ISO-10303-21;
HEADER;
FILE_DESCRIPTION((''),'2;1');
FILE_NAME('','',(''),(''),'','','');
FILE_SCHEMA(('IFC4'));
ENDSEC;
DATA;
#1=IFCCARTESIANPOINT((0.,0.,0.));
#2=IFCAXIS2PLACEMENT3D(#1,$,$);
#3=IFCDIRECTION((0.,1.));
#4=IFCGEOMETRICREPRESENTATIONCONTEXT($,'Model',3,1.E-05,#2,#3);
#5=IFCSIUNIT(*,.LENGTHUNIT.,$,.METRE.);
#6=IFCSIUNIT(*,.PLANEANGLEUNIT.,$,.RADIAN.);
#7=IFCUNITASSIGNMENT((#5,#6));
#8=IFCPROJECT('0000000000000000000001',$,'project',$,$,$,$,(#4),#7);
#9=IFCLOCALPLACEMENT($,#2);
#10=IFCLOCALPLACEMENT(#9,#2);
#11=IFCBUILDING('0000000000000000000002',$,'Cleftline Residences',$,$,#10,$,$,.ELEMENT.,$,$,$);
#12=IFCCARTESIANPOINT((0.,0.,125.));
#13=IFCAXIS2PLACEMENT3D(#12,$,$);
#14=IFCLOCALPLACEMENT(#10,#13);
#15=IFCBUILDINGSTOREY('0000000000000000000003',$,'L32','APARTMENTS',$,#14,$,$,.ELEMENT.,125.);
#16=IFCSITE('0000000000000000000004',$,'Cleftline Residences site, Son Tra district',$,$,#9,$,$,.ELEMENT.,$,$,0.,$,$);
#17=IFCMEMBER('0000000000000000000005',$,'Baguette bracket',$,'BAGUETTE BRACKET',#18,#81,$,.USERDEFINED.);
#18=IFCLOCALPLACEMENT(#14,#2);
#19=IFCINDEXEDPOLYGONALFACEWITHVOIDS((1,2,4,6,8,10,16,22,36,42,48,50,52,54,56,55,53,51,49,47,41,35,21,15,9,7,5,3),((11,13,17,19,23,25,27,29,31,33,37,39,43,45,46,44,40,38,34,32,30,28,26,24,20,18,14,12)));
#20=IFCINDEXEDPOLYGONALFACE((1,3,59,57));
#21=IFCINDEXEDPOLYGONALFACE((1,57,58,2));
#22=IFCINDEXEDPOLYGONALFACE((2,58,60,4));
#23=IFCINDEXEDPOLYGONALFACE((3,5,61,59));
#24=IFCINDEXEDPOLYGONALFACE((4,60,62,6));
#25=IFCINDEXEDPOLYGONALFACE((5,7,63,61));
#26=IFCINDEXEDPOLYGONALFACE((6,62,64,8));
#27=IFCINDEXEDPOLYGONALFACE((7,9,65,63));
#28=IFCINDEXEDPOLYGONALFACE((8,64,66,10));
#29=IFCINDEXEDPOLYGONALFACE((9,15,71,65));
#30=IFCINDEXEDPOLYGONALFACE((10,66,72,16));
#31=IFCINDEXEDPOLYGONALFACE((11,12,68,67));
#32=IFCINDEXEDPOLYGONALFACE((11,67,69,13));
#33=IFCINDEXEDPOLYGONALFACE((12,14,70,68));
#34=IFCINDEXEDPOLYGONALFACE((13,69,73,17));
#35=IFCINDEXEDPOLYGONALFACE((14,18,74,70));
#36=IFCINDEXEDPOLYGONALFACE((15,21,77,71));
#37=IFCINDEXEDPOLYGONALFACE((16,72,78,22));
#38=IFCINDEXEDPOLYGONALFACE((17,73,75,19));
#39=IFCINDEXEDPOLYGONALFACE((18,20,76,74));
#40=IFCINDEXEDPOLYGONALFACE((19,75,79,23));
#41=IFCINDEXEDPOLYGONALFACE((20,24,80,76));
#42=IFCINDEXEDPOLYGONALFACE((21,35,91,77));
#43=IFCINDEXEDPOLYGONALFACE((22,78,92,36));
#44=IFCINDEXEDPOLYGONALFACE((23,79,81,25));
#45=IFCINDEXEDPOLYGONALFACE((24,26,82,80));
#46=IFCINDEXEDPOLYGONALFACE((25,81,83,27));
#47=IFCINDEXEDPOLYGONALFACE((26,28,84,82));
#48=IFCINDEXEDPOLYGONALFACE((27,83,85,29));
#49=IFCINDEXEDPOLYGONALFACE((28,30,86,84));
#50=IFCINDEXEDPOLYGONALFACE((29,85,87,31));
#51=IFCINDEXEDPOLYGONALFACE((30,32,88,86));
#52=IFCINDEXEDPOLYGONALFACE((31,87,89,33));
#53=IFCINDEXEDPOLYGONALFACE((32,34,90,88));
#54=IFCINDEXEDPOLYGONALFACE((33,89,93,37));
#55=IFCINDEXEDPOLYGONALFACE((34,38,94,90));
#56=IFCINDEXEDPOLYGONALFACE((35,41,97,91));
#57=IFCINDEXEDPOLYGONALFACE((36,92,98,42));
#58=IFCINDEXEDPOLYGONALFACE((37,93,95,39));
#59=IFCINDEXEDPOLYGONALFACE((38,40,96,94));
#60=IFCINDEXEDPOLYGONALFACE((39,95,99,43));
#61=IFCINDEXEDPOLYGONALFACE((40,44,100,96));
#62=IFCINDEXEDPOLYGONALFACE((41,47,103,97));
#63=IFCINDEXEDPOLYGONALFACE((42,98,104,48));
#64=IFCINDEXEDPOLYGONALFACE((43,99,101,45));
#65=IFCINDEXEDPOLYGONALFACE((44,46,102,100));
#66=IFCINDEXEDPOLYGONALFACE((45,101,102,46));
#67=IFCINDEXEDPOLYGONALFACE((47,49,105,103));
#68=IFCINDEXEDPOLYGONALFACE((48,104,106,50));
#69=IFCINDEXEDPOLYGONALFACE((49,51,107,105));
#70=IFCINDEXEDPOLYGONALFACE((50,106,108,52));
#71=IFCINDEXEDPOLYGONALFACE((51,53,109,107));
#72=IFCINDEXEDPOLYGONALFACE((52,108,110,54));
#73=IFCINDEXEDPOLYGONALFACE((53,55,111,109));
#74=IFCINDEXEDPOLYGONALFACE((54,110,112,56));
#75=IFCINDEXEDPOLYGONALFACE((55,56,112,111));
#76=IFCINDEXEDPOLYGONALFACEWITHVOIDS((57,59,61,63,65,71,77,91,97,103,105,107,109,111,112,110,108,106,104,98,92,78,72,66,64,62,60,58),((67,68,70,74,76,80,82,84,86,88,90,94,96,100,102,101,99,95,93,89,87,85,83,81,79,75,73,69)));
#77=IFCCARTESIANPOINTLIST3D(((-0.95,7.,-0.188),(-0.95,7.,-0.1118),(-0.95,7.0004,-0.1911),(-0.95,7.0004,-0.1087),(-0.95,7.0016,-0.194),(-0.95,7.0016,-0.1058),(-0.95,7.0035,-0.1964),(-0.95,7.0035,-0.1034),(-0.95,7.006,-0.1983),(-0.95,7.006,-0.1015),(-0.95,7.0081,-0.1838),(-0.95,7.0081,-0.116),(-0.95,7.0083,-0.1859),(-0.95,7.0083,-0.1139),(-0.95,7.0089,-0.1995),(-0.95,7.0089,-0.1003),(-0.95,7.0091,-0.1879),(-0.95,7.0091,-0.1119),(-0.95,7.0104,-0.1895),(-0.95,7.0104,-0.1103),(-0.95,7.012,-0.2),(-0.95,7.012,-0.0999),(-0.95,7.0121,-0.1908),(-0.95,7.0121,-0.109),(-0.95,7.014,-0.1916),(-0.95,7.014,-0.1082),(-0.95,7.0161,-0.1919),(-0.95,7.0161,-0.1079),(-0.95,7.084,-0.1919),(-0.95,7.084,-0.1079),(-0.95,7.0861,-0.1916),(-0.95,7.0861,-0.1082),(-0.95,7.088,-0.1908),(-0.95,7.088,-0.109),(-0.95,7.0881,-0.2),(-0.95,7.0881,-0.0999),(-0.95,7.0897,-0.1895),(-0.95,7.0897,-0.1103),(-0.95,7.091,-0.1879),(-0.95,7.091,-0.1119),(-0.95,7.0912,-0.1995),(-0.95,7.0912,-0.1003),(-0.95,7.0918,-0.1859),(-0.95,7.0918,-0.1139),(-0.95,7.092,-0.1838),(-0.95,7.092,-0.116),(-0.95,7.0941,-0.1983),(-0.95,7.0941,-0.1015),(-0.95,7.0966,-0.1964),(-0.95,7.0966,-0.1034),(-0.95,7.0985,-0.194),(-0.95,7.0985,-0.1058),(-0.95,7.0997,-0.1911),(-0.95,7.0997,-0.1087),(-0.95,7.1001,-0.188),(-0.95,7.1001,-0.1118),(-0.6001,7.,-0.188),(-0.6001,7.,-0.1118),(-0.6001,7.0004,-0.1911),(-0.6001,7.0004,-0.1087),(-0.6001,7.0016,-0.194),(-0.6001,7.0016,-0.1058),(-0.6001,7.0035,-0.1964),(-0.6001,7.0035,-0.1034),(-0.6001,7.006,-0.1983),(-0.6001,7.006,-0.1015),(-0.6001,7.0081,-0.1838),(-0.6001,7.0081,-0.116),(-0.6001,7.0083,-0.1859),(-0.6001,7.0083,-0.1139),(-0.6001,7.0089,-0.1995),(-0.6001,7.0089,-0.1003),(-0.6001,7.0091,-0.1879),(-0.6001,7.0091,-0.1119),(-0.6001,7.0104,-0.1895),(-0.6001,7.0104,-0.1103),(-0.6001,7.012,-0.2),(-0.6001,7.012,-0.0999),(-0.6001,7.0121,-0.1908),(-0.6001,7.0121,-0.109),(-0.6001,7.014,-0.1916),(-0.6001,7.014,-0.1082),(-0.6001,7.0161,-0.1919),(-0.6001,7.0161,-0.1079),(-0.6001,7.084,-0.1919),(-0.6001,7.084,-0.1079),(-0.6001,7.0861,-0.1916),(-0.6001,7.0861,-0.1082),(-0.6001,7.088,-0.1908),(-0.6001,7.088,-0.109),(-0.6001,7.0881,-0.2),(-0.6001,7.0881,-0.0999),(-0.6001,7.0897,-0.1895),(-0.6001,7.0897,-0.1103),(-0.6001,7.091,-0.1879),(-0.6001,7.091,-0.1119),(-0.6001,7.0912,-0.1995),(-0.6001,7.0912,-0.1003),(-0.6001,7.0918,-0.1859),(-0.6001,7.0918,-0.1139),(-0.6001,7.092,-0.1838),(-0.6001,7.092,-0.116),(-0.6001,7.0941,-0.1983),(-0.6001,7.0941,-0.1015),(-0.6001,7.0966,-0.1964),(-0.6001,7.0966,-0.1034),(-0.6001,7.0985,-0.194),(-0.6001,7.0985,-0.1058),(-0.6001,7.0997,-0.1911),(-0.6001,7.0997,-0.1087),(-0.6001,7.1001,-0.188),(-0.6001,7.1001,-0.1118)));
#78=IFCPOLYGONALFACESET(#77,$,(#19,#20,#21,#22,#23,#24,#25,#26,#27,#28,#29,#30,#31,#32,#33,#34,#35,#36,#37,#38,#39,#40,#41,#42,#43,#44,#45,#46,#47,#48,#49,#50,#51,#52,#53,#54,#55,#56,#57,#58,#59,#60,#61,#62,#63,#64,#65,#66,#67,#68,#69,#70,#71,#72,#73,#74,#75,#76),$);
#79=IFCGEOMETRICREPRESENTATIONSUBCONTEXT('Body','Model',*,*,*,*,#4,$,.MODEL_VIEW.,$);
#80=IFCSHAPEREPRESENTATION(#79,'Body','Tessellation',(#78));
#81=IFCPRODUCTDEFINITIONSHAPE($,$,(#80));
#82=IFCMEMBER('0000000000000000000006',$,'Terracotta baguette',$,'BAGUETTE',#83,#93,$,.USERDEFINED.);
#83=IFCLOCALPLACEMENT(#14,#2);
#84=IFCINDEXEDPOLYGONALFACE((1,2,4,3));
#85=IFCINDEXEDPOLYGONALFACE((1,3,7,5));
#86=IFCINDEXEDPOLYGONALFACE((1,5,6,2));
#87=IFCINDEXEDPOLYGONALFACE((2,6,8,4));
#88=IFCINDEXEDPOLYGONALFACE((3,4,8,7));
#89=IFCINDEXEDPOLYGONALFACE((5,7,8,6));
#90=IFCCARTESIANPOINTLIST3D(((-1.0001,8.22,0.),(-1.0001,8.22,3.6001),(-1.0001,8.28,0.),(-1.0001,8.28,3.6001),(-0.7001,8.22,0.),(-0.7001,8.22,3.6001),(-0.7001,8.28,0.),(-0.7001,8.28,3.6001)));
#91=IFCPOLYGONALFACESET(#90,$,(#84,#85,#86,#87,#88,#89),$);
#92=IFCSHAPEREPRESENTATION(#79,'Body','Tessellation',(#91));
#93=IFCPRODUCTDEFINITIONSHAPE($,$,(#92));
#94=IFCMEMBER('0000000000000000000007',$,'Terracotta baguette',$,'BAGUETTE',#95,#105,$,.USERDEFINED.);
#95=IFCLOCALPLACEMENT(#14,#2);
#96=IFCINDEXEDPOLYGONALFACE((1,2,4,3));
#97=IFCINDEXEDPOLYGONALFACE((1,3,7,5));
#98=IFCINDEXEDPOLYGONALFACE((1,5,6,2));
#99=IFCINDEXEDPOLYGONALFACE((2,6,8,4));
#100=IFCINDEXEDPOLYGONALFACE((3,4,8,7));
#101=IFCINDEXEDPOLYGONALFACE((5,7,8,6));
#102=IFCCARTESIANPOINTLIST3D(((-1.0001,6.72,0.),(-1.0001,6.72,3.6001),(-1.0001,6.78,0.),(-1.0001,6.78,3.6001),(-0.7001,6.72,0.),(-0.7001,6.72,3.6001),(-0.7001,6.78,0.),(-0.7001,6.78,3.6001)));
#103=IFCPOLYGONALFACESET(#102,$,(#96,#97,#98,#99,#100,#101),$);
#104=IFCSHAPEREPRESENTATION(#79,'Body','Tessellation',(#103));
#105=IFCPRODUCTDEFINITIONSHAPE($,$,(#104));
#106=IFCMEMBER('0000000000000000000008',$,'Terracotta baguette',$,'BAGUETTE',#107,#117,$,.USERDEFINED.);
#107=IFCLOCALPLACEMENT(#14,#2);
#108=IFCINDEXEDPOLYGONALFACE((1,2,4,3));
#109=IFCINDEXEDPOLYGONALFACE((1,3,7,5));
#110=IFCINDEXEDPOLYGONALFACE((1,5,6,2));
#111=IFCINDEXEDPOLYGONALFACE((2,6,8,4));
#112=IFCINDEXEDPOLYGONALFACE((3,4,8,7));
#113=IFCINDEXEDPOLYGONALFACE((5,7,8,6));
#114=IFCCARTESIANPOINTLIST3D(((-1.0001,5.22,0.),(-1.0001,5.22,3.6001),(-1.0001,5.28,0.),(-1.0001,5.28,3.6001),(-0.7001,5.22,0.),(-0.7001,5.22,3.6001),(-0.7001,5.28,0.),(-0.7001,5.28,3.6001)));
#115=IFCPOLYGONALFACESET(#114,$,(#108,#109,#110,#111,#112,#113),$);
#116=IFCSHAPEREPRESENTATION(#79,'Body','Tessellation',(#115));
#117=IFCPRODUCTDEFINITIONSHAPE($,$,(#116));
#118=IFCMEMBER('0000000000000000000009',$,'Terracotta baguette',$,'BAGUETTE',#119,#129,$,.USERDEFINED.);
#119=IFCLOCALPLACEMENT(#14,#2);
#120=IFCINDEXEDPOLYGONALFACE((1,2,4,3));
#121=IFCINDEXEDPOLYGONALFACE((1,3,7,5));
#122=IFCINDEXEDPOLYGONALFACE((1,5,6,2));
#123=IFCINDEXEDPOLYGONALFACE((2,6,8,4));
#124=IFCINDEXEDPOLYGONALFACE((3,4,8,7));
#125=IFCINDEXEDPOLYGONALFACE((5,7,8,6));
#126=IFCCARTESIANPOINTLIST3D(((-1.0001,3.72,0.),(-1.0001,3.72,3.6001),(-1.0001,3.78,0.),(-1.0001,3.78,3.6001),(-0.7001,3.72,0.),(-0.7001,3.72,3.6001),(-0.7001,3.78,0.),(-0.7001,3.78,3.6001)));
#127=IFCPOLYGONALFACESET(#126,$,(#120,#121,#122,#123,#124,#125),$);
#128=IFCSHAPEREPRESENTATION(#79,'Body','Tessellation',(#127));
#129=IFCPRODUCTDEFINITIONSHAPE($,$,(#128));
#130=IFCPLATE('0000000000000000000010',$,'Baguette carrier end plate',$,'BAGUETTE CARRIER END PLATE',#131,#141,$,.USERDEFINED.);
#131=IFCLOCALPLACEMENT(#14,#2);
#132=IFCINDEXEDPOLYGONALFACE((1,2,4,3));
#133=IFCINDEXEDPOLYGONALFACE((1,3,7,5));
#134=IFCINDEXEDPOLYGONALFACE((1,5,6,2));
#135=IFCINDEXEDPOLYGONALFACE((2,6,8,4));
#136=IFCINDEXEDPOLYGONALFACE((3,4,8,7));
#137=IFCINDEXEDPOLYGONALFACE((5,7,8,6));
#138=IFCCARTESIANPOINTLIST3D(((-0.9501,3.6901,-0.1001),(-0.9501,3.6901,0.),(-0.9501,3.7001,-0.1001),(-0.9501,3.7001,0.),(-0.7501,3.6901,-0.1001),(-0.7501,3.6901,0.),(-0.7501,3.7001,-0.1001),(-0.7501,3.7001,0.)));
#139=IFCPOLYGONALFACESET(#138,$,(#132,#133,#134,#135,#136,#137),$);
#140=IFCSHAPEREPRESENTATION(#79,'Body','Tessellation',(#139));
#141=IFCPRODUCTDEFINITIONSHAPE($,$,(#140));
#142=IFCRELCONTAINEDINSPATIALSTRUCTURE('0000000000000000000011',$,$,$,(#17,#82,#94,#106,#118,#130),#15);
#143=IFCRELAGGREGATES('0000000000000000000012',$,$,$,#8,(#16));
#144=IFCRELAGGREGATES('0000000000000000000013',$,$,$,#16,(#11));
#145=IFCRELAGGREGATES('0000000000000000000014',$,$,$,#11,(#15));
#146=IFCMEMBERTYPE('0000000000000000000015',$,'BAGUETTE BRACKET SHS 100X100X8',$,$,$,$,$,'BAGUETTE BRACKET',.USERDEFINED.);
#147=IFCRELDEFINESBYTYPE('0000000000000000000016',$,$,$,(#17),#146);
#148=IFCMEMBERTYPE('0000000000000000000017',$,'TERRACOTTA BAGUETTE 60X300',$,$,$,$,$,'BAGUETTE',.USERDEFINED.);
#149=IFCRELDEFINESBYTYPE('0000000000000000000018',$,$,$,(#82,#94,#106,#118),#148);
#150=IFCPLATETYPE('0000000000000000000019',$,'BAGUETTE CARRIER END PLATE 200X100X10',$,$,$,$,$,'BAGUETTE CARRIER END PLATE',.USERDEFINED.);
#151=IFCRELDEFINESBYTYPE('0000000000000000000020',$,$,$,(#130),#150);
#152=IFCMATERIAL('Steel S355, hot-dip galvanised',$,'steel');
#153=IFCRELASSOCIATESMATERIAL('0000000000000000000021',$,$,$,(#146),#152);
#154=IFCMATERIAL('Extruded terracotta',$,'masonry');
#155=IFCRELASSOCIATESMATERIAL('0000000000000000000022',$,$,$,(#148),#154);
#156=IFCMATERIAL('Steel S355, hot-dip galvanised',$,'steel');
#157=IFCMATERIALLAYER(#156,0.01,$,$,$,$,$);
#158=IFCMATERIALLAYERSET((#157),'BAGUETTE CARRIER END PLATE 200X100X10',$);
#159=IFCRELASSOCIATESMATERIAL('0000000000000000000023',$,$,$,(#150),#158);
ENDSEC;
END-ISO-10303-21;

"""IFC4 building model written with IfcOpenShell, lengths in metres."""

from ifc_helpers import new_model, si_unit, direction, frame, origin, origin_2d, place, context, subcontext, project, spatial, rectangle, hollow_rectangle, extrude, material, layer, layer_set, material_profile, profile_set, type_object, element, save


model = new_model("IFC4")

# Units and contexts
model_context = context("Model", 3, precision=1e-05, world=origin(), true_north=direction((0.0, 1.0)))
body_context = subcontext(model_context, "Body", "Model", "MODEL_VIEW")
ifc_project = project(units=[si_unit("LENGTHUNIT", "METRE"), si_unit("PLANEANGLEUNIT", "RADIAN")], contexts=[model_context])

# Site, building, storey
site_placement = place(None, origin())
site = spatial("IfcSite", under=ifc_project, at=site_placement, Name="Cleftline Residences site, Son Tra district", CompositionType="ELEMENT", RefElevation=0.0)
building_placement = place(site_placement, origin())
building = spatial("IfcBuilding", under=site, at=building_placement, Name="Cleftline Residences", CompositionType="ELEMENT")
storey_placement = place(building_placement, frame((0.0, 0.0, 125.0)))
storey = spatial("IfcBuildingStorey", under=building, at=storey_placement, Name="L32", Description="APARTMENTS", CompositionType="ELEMENT", Elevation=125.0)

# Members
ifc_material_1 = material(Name="Steel S355, hot-dip galvanised", Category="steel")
ifc_material_profile_1 = material_profile(ifc_material_1, hollow_rectangle(XDim=0.1001, YDim=0.1001, WallThickness=0.0081, InnerFilletRadius=0.0081, OuterFilletRadius=0.012, at=origin_2d()))
ifc_profile_set_1 = profile_set([ifc_material_profile_1], Name="Steel S355, hot-dip galvanised")
member_type_1 = type_object("IfcMemberType", Name="BAGUETTE BRACKET SHS 100X100X8", ElementType="BAGUETTE BRACKET", PredefinedType="USERDEFINED", material=ifc_profile_set_1)
member_placement = place(storey_placement, frame((-0.6001, 7.05, -0.1499), z_axis=(-1.0, 0.0, 0.0), x_axis=(0.0, -1.0, 0.0)))
element("IfcMember", 1, at=member_placement, inside=storey, type_object=member_type_1, Name="Baguette bracket", ObjectType="BAGUETTE BRACKET", PredefinedType="USERDEFINED", context=body_context, shape_type="SweptSolid", body=[
    extrude(hollow_rectangle(XDim=0.1001, YDim=0.1001, WallThickness=0.0081, InnerFilletRadius=0.0081, OuterFilletRadius=0.012, at=origin_2d()), origin(), (0.0, 0.0, 1.0), 0.3499),
])
ifc_material_2 = material(Name="Extruded terracotta", Category="masonry")
ifc_material_profile_2 = material_profile(ifc_material_2, rectangle(XDim=0.0601, YDim=0.3, at=origin_2d()))
ifc_profile_set_2 = profile_set([ifc_material_profile_2], Name="Extruded terracotta")
member_type_2 = type_object("IfcMemberType", Name="TERRACOTTA BAGUETTE 60X300", ElementType="BAGUETTE", PredefinedType="USERDEFINED", material=ifc_profile_set_2)
for number, where, z_axis, x_axis, name in (
    (2, (-0.8501, 8.25, 0.0), (0.0, 0.0, 1.0), (0.0, 1.0, 0.0), "Terracotta baguette"),
    (3, (-0.8501, 6.75, 0.0), (0.0, 0.0, 1.0), (0.0, 1.0, 0.0), "Terracotta baguette"),
    (4, (-0.8501, 5.25, 0.0), (0.0, 0.0, 1.0), (0.0, 1.0, 0.0), "Terracotta baguette"),
    (5, (-0.8501, 3.75, 0.0), (0.0, 0.0, 1.0), (0.0, 1.0, 0.0), "Terracotta baguette"),
):
    element("IfcMember", number, at=place(storey_placement, frame(where, z_axis=z_axis, x_axis=x_axis)), inside=storey, type_object=member_type_2, Name=name, ObjectType="BAGUETTE", PredefinedType="USERDEFINED", context=body_context, shape_type="SweptSolid", body=[
        extrude(rectangle(XDim=0.0601, YDim=0.3, at=origin_2d()), origin(), (0.0, 0.0, 1.0), 3.6001),
    ])

# Plate
ifc_material_3 = material(Name="Steel S355, hot-dip galvanised", Category="steel")
ifc_layer_1 = layer(ifc_material_3, 0.01)
ifc_layer_set_1 = layer_set([ifc_layer_1], Name="BAGUETTE CARRIER END PLATE 200X100X10")
plate_type = type_object("IfcPlateType", Name="BAGUETTE CARRIER END PLATE 200X100X10", ElementType="BAGUETTE CARRIER END PLATE", PredefinedType="USERDEFINED", material=ifc_layer_set_1)
plate_placement = place(storey_placement, frame((-0.8501, 3.6951, -0.1001), z_axis=(0.0, 0.0, 1.0), x_axis=(-1.0, 0.0, 0.0)))
element("IfcPlate", 6, at=plate_placement, inside=storey, type_object=plate_type, Name="Baguette carrier end plate", ObjectType="BAGUETTE CARRIER END PLATE", PredefinedType="USERDEFINED", context=body_context, shape_type="SweptSolid", body=[
    extrude(rectangle(XDim=0.2, YDim=0.01, at=origin_2d()), origin(), (0.0, 0.0, 1.0), 0.1001),
])

save(model, "model.ifc")
